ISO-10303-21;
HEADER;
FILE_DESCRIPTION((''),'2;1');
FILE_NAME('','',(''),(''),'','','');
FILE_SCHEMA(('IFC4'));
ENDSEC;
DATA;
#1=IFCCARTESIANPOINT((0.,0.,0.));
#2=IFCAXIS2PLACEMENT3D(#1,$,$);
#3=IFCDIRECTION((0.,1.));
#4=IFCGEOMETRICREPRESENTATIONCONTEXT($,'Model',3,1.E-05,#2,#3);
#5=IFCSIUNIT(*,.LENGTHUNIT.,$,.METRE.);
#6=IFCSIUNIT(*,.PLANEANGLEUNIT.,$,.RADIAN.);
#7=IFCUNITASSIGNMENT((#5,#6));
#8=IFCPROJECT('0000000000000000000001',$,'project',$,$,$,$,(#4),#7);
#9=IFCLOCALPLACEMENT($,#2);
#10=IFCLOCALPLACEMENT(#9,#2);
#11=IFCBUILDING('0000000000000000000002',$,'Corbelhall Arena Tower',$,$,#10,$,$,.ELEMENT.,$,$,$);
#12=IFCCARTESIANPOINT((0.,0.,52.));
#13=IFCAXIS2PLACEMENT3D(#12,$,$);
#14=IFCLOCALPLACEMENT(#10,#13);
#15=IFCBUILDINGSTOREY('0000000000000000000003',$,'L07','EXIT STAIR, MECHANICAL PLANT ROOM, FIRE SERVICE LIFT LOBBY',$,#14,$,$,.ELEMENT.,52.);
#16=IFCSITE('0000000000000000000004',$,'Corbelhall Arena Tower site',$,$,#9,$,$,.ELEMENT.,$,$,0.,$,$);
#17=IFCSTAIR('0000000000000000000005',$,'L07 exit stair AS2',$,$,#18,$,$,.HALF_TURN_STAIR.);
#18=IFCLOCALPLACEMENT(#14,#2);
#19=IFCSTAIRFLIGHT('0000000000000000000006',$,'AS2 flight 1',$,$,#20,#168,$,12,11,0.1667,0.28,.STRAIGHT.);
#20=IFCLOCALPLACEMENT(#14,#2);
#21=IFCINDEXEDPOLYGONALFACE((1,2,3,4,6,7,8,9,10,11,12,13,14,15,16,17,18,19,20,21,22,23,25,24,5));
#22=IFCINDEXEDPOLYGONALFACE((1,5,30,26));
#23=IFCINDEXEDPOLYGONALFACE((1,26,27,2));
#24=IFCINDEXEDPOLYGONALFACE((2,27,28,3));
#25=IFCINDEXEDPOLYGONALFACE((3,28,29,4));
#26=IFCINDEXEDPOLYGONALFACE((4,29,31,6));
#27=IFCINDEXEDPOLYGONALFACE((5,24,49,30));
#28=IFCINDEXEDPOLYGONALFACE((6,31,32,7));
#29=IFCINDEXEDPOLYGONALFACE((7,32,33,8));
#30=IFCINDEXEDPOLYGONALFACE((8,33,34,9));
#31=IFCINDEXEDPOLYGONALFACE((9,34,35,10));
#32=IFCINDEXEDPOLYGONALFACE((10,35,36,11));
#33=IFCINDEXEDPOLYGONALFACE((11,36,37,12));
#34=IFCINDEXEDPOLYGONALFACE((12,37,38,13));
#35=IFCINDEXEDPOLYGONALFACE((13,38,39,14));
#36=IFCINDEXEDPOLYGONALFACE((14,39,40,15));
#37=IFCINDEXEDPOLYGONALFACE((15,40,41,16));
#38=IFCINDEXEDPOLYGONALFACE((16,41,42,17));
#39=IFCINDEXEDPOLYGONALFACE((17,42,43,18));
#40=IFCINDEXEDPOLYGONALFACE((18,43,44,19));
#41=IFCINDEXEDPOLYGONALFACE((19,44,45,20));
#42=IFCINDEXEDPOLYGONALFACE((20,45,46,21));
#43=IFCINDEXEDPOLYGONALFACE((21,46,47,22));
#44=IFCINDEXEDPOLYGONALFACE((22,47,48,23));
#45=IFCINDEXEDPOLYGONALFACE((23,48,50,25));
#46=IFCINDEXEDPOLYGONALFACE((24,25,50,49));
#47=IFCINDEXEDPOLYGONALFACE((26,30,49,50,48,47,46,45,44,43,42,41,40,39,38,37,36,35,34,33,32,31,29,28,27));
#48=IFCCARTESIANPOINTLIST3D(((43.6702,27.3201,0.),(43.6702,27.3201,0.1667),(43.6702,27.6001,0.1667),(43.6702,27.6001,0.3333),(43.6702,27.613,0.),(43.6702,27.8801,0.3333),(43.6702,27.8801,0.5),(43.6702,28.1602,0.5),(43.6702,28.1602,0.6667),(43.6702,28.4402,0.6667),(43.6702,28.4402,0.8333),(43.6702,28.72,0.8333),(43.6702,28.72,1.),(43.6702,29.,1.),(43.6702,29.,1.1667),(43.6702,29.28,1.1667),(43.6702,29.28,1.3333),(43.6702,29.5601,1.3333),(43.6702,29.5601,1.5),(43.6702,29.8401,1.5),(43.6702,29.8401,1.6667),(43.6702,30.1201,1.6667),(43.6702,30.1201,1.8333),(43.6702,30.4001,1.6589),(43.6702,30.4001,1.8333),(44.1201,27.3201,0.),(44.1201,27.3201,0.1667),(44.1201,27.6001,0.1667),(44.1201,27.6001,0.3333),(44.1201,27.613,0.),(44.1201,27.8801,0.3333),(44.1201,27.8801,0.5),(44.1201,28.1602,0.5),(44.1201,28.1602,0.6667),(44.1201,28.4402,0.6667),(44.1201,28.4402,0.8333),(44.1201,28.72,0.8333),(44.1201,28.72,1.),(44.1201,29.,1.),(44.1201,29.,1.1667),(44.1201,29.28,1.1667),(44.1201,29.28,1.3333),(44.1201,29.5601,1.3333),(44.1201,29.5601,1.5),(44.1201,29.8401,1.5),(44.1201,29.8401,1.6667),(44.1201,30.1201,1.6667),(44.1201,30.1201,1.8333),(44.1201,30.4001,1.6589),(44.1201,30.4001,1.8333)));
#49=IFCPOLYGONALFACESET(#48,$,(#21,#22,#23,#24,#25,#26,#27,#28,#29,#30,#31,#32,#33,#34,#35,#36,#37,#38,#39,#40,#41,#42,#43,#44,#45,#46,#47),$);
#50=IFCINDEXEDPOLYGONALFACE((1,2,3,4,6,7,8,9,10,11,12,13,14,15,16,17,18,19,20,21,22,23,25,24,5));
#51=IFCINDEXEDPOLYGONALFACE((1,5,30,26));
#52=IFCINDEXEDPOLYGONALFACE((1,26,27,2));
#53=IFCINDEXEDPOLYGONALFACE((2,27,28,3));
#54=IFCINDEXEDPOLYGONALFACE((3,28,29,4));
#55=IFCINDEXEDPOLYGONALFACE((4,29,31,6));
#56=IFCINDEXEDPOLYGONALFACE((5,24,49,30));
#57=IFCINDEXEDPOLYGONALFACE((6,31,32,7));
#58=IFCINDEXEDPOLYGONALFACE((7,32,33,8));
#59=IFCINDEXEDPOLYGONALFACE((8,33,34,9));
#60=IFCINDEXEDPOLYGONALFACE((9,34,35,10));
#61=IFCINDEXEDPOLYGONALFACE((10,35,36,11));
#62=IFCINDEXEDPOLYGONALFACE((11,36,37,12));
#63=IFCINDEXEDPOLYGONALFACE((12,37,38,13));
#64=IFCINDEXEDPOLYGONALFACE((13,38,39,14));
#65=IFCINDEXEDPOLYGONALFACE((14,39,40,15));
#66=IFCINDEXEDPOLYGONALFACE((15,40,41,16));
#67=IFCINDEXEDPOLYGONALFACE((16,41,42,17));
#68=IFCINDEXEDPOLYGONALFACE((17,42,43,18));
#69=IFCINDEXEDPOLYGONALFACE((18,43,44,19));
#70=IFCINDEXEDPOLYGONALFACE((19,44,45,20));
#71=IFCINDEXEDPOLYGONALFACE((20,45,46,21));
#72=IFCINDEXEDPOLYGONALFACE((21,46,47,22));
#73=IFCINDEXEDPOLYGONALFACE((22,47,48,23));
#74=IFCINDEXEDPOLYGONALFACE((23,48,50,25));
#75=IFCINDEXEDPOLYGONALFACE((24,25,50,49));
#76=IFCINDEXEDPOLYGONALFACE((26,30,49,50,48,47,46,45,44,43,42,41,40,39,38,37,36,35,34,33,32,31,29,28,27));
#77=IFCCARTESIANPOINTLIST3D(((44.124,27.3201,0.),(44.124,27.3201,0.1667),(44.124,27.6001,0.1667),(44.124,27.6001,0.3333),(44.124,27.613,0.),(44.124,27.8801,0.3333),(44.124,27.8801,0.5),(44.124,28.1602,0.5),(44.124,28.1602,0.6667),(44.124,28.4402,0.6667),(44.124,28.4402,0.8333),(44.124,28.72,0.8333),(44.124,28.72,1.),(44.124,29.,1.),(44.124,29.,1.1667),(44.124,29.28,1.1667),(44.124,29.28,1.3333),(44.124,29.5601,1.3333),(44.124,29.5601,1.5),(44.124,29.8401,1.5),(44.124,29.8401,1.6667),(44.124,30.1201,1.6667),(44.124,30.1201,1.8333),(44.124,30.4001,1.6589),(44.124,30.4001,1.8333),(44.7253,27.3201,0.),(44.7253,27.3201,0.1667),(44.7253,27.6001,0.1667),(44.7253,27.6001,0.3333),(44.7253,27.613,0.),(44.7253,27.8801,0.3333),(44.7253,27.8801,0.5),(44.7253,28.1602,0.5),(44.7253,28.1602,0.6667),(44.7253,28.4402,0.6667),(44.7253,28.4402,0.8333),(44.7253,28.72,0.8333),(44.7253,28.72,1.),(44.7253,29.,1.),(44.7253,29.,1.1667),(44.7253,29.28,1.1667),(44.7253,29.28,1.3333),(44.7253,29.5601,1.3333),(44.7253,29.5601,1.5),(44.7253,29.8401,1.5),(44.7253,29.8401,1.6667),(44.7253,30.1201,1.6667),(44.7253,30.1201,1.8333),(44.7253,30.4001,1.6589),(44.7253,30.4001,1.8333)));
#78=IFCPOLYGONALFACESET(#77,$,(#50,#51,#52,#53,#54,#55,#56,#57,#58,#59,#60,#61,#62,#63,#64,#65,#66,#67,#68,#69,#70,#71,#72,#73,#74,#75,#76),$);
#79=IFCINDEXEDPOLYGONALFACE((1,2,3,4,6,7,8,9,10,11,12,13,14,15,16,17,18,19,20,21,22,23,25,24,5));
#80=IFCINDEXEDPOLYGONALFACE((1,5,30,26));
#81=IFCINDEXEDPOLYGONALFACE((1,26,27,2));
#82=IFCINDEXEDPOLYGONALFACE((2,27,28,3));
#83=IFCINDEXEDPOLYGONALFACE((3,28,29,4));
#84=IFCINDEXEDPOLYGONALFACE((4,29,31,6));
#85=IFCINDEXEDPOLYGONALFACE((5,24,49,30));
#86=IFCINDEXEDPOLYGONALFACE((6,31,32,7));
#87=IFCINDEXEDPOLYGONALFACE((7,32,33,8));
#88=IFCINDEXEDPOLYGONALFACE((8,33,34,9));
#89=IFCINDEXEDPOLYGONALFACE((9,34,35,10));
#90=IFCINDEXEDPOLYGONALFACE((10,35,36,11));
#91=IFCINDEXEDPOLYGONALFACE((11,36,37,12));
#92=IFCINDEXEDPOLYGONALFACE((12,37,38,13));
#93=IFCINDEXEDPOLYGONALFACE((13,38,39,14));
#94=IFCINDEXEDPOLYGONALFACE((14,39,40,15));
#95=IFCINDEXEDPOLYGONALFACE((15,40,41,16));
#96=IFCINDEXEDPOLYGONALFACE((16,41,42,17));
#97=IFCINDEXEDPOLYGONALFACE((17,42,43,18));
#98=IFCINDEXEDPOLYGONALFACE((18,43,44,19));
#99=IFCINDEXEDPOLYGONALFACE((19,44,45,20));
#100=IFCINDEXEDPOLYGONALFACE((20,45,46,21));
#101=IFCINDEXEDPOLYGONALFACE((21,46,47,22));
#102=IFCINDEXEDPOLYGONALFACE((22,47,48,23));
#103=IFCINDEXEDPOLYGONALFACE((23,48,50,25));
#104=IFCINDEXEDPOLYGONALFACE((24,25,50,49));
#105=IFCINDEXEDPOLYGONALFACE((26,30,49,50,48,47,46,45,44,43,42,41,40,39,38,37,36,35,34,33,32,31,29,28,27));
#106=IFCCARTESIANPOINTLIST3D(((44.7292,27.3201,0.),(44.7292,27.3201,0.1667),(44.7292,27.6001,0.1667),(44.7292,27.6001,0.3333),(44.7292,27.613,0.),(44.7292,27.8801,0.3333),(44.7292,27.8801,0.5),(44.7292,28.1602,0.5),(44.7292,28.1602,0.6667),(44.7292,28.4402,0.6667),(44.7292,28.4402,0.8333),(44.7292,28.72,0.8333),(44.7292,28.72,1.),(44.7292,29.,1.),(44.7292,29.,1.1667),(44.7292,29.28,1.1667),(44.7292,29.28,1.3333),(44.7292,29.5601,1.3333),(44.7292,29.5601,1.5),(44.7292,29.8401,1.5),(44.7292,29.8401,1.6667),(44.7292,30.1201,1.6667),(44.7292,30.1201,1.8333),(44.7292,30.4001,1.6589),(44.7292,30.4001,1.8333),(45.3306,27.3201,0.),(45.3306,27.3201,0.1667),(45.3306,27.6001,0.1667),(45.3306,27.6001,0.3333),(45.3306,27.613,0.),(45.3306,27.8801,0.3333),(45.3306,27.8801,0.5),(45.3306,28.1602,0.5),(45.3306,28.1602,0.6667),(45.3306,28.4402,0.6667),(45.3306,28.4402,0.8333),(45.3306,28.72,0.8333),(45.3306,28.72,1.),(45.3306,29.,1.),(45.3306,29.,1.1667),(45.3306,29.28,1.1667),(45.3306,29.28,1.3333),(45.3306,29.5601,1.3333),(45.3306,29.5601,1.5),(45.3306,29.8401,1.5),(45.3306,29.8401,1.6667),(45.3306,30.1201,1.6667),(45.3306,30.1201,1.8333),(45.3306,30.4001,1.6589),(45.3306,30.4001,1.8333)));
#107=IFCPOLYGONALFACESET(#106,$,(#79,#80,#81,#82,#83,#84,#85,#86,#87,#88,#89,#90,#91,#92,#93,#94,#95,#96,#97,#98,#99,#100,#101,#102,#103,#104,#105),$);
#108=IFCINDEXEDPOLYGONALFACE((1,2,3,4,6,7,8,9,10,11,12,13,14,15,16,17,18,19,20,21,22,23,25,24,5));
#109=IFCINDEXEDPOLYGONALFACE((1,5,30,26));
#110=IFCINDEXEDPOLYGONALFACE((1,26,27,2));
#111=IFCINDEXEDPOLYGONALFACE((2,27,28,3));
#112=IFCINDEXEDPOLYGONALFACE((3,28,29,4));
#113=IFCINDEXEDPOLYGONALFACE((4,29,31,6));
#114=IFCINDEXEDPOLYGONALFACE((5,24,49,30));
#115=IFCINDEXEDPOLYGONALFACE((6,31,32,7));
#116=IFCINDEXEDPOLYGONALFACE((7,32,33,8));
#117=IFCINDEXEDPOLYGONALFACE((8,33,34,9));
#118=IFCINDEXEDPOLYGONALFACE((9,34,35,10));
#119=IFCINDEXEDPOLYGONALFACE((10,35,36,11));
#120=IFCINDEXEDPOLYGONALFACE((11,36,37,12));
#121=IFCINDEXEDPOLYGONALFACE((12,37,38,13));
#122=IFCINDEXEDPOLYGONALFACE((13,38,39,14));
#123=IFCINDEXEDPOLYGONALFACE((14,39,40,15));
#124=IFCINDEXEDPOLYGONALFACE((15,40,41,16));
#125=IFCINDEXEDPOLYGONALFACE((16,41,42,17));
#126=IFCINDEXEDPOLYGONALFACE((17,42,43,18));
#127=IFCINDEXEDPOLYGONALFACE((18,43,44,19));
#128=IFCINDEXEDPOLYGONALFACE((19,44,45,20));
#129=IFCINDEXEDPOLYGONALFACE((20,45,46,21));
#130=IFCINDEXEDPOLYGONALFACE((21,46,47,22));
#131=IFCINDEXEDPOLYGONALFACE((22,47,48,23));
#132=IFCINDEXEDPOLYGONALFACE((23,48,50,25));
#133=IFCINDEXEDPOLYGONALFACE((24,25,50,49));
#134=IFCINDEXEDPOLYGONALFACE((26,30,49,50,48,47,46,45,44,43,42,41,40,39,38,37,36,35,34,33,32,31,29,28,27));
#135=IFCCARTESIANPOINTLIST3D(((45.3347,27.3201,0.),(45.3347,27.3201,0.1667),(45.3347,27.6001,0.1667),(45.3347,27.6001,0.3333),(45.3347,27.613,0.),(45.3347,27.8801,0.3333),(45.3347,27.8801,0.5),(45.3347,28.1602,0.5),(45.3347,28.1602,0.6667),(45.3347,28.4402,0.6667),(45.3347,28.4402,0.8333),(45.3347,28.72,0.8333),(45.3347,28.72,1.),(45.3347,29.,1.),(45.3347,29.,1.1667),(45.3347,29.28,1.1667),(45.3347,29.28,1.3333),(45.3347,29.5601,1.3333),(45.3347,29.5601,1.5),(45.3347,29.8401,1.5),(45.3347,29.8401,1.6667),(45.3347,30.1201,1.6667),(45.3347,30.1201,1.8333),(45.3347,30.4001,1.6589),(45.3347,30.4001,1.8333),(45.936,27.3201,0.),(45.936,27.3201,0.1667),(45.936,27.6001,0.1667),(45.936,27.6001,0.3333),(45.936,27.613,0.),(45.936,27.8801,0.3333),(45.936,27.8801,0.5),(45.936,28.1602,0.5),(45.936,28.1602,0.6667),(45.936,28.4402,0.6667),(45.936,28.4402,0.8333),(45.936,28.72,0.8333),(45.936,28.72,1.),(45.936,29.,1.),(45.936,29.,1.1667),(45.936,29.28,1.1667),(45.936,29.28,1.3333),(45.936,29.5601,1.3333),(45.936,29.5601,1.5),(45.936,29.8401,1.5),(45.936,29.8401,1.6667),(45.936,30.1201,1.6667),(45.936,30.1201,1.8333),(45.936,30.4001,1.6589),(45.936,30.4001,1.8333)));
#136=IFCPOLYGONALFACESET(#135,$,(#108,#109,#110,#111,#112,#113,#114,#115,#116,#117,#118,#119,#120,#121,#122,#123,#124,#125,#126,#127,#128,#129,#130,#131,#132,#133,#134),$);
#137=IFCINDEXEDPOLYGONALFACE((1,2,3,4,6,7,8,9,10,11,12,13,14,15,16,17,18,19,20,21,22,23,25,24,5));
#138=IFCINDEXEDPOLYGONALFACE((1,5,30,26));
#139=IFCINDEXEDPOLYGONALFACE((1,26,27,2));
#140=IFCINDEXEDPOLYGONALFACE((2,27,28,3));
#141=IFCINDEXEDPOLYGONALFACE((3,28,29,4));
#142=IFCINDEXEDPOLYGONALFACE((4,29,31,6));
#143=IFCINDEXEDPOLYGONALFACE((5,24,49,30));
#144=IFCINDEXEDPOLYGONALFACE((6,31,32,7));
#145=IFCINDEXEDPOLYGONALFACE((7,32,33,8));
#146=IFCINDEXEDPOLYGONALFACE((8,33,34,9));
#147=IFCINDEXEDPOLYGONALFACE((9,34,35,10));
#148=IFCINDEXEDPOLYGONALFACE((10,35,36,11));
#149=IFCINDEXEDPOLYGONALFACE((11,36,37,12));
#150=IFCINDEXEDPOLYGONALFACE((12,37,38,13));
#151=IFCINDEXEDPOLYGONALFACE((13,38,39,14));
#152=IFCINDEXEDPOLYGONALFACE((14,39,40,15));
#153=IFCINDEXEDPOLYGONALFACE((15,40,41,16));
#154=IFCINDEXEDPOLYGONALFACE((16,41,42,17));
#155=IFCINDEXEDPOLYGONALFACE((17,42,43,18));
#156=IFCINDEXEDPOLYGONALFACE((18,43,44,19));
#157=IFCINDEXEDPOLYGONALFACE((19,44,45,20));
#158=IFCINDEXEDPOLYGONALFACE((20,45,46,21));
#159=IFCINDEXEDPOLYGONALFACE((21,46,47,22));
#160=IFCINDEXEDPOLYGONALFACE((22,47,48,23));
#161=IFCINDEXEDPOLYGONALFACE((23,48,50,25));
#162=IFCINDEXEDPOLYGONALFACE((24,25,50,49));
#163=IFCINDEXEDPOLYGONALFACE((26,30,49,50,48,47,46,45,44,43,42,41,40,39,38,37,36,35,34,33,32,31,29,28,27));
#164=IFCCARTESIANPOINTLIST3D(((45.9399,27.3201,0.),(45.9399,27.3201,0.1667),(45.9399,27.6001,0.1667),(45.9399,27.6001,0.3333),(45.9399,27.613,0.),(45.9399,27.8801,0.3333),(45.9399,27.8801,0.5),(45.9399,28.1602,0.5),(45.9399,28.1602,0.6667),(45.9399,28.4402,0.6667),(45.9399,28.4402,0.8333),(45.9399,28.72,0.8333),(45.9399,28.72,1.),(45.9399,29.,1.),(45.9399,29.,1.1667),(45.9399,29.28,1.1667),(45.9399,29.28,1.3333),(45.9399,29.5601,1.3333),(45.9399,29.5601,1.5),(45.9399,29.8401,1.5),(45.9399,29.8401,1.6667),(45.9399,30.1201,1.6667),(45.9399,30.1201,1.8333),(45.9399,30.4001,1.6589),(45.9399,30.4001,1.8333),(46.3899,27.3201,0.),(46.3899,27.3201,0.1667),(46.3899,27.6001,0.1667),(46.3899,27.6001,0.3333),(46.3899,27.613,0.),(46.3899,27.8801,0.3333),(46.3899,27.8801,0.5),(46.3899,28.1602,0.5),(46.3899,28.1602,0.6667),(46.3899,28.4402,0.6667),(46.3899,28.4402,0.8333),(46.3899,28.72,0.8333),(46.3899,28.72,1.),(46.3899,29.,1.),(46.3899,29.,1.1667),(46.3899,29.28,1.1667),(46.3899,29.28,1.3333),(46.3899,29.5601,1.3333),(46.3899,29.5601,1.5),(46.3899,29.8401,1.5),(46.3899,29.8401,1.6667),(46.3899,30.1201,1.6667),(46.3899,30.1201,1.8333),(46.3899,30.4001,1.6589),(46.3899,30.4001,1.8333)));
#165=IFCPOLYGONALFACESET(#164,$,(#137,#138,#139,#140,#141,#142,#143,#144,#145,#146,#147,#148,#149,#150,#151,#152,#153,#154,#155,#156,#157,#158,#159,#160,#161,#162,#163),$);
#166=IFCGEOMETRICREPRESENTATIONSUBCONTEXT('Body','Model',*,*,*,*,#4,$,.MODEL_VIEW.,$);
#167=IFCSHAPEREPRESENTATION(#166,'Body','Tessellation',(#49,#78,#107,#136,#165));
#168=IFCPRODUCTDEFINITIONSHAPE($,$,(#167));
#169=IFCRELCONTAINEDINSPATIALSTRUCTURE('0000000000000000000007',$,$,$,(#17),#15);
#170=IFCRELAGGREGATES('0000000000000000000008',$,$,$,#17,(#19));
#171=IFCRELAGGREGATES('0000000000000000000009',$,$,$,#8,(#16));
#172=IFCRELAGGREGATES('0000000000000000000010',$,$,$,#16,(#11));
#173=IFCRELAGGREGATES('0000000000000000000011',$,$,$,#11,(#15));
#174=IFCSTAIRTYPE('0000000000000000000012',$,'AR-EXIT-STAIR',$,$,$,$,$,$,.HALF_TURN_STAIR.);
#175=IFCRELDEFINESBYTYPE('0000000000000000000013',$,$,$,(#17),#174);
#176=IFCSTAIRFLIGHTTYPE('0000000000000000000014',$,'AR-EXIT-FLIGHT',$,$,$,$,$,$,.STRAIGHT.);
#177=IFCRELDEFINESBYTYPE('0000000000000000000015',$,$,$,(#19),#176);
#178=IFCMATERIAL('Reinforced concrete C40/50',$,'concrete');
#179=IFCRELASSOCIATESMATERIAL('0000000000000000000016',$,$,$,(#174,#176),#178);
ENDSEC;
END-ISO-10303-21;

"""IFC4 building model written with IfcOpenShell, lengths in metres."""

from ifc_helpers import new_model, si_unit, direction, frame, origin, place, context, subcontext, project, spatial, polyline, outline, extrude, material, type_object, element, aggregate, save


model = new_model("IFC4")

# Units and contexts
model_context = context("Model", 3, precision=1e-05, world=origin(), true_north=direction((0.0, 1.0)))
body_context = subcontext(model_context, "Body", "Model", "MODEL_VIEW")
ifc_project = project(units=[si_unit("LENGTHUNIT", "METRE"), si_unit("PLANEANGLEUNIT", "RADIAN")], contexts=[model_context])

# Site, building, storey
site_placement = place(None, origin())
site = spatial("IfcSite", under=ifc_project, at=site_placement, Name="Corbelhall Arena Tower site", CompositionType="ELEMENT", RefElevation=0.0)
building_placement = place(site_placement, origin())
building = spatial("IfcBuilding", under=site, at=building_placement, Name="Corbelhall Arena Tower", CompositionType="ELEMENT")
storey_placement = place(building_placement, frame((0.0, 0.0, 52.0)))
storey = spatial("IfcBuildingStorey", under=building, at=storey_placement, Name="L07", Description="EXIT STAIR, MECHANICAL PLANT ROOM, FIRE SERVICE LIFT LOBBY", CompositionType="ELEMENT", Elevation=52.0)

# Shared definitions
ifc_material_1 = material(Name="Reinforced concrete C40/50", Category="concrete")

# Stair, stair flight
stair_type = type_object("IfcStairType", Name="AR-EXIT-STAIR", PredefinedType="HALF_TURN_STAIR", material=ifc_material_1)
stair_flight_type = type_object("IfcStairFlightType", Name="AR-EXIT-FLIGHT", PredefinedType="STRAIGHT", material=ifc_material_1)
stair_1_placement = place(storey_placement, origin())
stair_1 = element("IfcStair", 1, at=stair_1_placement, inside=storey, type_object=stair_type, Name="L07 exit stair AS2", PredefinedType="HALF_TURN_STAIR")
stair_flight_1_placement = place(storey_placement, frame((45.03, 27.3201, 0.0), z_axis=(0.0, 0.0, 1.0), x_axis=(0.0, 1.0, 0.0)))
stair_flight_1 = element("IfcStairFlight", 2, at=stair_flight_1_placement, type_object=stair_flight_type, Name="AS2 flight 1", NumberOfRisers=12, NumberOfTreads=11, PredefinedType="STRAIGHT", RiserHeight=0.1667, TreadLength=0.28, context=body_context, shape_type="SweptSolid", body=[
    extrude(outline(polyline([(0.0, 0.0), (0.0, 0.1667), (0.28, 0.1667), (0.28, 0.3333), (0.5601, 0.3333), (0.5601, 0.5), (0.8401, 0.5), (0.8401, 0.6667), (1.1201, 0.6667), (1.1201, 0.8333), (1.3999, 0.8333), (1.3999, 1.0), (1.6799, 1.0), (1.6799, 1.1667), (1.96, 1.1667), (1.96, 1.3333), (2.24, 1.3333), (2.24, 1.5), (2.52, 1.5), (2.52, 1.6667), (2.8, 1.6667), (2.8, 1.8333), (3.0801, 1.8333), (3.0801, 2.0), (3.0801, 1.6589), (0.293, 0.0), (0.0, 0.0)])), frame((0.0, 1.3599, 0.0), z_axis=(0.0, -1.0, 0.0), x_axis=(1.0, 0.0, 0.0)), (0.0, 0.0, 1.0), 0.45),
    extrude(outline(polyline([(0.0, 0.0), (0.0, 0.1667), (0.28, 0.1667), (0.28, 0.3333), (0.5601, 0.3333), (0.5601, 0.5), (0.8401, 0.5), (0.8401, 0.6667), (1.1201, 0.6667), (1.1201, 0.8333), (1.3999, 0.8333), (1.3999, 1.0), (1.6799, 1.0), (1.6799, 1.1667), (1.96, 1.1667), (1.96, 1.3333), (2.24, 1.3333), (2.24, 1.5), (2.52, 1.5), (2.52, 1.6667), (2.8, 1.6667), (2.8, 1.8333), (3.0801, 1.8333), (3.0801, 2.0), (3.0801, 1.6589), (0.293, 0.0), (0.0, 0.0)])), frame((0.0, 0.906, 0.0), z_axis=(0.0, -1.0, 0.0), x_axis=(1.0, 0.0, 0.0)), (0.0, 0.0, 1.0), 0.6013),
    extrude(outline(polyline([(0.0, 0.0), (0.0, 0.1667), (0.28, 0.1667), (0.28, 0.3333), (0.5601, 0.3333), (0.5601, 0.5), (0.8401, 0.5), (0.8401, 0.6667), (1.1201, 0.6667), (1.1201, 0.8333), (1.3999, 0.8333), (1.3999, 1.0), (1.6799, 1.0), (1.6799, 1.1667), (1.96, 1.1667), (1.96, 1.3333), (2.24, 1.3333), (2.24, 1.5), (2.52, 1.5), (2.52, 1.6667), (2.8, 1.6667), (2.8, 1.8333), (3.0801, 1.8333), (3.0801, 2.0), (3.0801, 1.6589), (0.293, 0.0), (0.0, 0.0)])), frame((0.0, 0.3008, 0.0), z_axis=(0.0, -1.0, 0.0), x_axis=(1.0, 0.0, 0.0)), (0.0, 0.0, 1.0), 0.6013),
    extrude(outline(polyline([(0.0, 0.0), (0.0, 0.1667), (0.28, 0.1667), (0.28, 0.3333), (0.5601, 0.3333), (0.5601, 0.5), (0.8401, 0.5), (0.8401, 0.6667), (1.1201, 0.6667), (1.1201, 0.8333), (1.3999, 0.8333), (1.3999, 1.0), (1.6799, 1.0), (1.6799, 1.1667), (1.96, 1.1667), (1.96, 1.3333), (2.24, 1.3333), (2.24, 1.5), (2.52, 1.5), (2.52, 1.6667), (2.8, 1.6667), (2.8, 1.8333), (3.0801, 1.8333), (3.0801, 2.0), (3.0801, 1.6589), (0.293, 0.0), (0.0, 0.0)])), frame((0.0, -0.3047, 0.0), z_axis=(0.0, -1.0, 0.0), x_axis=(1.0, 0.0, 0.0)), (0.0, 0.0, 1.0), 0.6013),
    extrude(outline(polyline([(0.0, 0.0), (0.0, 0.1667), (0.28, 0.1667), (0.28, 0.3333), (0.5601, 0.3333), (0.5601, 0.5), (0.8401, 0.5), (0.8401, 0.6667), (1.1201, 0.6667), (1.1201, 0.8333), (1.3999, 0.8333), (1.3999, 1.0), (1.6799, 1.0), (1.6799, 1.1667), (1.96, 1.1667), (1.96, 1.3333), (2.24, 1.3333), (2.24, 1.5), (2.52, 1.5), (2.52, 1.6667), (2.8, 1.6667), (2.8, 1.8333), (3.0801, 1.8333), (3.0801, 2.0), (3.0801, 1.6589), (0.293, 0.0), (0.0, 0.0)])), frame((0.0, -0.9099, 0.0), z_axis=(0.0, -1.0, 0.0), x_axis=(1.0, 0.0, 0.0)), (0.0, 0.0, 1.0), 0.45),
])
aggregate(stair_1, [stair_flight_1])

save(model, "model.ifc")
